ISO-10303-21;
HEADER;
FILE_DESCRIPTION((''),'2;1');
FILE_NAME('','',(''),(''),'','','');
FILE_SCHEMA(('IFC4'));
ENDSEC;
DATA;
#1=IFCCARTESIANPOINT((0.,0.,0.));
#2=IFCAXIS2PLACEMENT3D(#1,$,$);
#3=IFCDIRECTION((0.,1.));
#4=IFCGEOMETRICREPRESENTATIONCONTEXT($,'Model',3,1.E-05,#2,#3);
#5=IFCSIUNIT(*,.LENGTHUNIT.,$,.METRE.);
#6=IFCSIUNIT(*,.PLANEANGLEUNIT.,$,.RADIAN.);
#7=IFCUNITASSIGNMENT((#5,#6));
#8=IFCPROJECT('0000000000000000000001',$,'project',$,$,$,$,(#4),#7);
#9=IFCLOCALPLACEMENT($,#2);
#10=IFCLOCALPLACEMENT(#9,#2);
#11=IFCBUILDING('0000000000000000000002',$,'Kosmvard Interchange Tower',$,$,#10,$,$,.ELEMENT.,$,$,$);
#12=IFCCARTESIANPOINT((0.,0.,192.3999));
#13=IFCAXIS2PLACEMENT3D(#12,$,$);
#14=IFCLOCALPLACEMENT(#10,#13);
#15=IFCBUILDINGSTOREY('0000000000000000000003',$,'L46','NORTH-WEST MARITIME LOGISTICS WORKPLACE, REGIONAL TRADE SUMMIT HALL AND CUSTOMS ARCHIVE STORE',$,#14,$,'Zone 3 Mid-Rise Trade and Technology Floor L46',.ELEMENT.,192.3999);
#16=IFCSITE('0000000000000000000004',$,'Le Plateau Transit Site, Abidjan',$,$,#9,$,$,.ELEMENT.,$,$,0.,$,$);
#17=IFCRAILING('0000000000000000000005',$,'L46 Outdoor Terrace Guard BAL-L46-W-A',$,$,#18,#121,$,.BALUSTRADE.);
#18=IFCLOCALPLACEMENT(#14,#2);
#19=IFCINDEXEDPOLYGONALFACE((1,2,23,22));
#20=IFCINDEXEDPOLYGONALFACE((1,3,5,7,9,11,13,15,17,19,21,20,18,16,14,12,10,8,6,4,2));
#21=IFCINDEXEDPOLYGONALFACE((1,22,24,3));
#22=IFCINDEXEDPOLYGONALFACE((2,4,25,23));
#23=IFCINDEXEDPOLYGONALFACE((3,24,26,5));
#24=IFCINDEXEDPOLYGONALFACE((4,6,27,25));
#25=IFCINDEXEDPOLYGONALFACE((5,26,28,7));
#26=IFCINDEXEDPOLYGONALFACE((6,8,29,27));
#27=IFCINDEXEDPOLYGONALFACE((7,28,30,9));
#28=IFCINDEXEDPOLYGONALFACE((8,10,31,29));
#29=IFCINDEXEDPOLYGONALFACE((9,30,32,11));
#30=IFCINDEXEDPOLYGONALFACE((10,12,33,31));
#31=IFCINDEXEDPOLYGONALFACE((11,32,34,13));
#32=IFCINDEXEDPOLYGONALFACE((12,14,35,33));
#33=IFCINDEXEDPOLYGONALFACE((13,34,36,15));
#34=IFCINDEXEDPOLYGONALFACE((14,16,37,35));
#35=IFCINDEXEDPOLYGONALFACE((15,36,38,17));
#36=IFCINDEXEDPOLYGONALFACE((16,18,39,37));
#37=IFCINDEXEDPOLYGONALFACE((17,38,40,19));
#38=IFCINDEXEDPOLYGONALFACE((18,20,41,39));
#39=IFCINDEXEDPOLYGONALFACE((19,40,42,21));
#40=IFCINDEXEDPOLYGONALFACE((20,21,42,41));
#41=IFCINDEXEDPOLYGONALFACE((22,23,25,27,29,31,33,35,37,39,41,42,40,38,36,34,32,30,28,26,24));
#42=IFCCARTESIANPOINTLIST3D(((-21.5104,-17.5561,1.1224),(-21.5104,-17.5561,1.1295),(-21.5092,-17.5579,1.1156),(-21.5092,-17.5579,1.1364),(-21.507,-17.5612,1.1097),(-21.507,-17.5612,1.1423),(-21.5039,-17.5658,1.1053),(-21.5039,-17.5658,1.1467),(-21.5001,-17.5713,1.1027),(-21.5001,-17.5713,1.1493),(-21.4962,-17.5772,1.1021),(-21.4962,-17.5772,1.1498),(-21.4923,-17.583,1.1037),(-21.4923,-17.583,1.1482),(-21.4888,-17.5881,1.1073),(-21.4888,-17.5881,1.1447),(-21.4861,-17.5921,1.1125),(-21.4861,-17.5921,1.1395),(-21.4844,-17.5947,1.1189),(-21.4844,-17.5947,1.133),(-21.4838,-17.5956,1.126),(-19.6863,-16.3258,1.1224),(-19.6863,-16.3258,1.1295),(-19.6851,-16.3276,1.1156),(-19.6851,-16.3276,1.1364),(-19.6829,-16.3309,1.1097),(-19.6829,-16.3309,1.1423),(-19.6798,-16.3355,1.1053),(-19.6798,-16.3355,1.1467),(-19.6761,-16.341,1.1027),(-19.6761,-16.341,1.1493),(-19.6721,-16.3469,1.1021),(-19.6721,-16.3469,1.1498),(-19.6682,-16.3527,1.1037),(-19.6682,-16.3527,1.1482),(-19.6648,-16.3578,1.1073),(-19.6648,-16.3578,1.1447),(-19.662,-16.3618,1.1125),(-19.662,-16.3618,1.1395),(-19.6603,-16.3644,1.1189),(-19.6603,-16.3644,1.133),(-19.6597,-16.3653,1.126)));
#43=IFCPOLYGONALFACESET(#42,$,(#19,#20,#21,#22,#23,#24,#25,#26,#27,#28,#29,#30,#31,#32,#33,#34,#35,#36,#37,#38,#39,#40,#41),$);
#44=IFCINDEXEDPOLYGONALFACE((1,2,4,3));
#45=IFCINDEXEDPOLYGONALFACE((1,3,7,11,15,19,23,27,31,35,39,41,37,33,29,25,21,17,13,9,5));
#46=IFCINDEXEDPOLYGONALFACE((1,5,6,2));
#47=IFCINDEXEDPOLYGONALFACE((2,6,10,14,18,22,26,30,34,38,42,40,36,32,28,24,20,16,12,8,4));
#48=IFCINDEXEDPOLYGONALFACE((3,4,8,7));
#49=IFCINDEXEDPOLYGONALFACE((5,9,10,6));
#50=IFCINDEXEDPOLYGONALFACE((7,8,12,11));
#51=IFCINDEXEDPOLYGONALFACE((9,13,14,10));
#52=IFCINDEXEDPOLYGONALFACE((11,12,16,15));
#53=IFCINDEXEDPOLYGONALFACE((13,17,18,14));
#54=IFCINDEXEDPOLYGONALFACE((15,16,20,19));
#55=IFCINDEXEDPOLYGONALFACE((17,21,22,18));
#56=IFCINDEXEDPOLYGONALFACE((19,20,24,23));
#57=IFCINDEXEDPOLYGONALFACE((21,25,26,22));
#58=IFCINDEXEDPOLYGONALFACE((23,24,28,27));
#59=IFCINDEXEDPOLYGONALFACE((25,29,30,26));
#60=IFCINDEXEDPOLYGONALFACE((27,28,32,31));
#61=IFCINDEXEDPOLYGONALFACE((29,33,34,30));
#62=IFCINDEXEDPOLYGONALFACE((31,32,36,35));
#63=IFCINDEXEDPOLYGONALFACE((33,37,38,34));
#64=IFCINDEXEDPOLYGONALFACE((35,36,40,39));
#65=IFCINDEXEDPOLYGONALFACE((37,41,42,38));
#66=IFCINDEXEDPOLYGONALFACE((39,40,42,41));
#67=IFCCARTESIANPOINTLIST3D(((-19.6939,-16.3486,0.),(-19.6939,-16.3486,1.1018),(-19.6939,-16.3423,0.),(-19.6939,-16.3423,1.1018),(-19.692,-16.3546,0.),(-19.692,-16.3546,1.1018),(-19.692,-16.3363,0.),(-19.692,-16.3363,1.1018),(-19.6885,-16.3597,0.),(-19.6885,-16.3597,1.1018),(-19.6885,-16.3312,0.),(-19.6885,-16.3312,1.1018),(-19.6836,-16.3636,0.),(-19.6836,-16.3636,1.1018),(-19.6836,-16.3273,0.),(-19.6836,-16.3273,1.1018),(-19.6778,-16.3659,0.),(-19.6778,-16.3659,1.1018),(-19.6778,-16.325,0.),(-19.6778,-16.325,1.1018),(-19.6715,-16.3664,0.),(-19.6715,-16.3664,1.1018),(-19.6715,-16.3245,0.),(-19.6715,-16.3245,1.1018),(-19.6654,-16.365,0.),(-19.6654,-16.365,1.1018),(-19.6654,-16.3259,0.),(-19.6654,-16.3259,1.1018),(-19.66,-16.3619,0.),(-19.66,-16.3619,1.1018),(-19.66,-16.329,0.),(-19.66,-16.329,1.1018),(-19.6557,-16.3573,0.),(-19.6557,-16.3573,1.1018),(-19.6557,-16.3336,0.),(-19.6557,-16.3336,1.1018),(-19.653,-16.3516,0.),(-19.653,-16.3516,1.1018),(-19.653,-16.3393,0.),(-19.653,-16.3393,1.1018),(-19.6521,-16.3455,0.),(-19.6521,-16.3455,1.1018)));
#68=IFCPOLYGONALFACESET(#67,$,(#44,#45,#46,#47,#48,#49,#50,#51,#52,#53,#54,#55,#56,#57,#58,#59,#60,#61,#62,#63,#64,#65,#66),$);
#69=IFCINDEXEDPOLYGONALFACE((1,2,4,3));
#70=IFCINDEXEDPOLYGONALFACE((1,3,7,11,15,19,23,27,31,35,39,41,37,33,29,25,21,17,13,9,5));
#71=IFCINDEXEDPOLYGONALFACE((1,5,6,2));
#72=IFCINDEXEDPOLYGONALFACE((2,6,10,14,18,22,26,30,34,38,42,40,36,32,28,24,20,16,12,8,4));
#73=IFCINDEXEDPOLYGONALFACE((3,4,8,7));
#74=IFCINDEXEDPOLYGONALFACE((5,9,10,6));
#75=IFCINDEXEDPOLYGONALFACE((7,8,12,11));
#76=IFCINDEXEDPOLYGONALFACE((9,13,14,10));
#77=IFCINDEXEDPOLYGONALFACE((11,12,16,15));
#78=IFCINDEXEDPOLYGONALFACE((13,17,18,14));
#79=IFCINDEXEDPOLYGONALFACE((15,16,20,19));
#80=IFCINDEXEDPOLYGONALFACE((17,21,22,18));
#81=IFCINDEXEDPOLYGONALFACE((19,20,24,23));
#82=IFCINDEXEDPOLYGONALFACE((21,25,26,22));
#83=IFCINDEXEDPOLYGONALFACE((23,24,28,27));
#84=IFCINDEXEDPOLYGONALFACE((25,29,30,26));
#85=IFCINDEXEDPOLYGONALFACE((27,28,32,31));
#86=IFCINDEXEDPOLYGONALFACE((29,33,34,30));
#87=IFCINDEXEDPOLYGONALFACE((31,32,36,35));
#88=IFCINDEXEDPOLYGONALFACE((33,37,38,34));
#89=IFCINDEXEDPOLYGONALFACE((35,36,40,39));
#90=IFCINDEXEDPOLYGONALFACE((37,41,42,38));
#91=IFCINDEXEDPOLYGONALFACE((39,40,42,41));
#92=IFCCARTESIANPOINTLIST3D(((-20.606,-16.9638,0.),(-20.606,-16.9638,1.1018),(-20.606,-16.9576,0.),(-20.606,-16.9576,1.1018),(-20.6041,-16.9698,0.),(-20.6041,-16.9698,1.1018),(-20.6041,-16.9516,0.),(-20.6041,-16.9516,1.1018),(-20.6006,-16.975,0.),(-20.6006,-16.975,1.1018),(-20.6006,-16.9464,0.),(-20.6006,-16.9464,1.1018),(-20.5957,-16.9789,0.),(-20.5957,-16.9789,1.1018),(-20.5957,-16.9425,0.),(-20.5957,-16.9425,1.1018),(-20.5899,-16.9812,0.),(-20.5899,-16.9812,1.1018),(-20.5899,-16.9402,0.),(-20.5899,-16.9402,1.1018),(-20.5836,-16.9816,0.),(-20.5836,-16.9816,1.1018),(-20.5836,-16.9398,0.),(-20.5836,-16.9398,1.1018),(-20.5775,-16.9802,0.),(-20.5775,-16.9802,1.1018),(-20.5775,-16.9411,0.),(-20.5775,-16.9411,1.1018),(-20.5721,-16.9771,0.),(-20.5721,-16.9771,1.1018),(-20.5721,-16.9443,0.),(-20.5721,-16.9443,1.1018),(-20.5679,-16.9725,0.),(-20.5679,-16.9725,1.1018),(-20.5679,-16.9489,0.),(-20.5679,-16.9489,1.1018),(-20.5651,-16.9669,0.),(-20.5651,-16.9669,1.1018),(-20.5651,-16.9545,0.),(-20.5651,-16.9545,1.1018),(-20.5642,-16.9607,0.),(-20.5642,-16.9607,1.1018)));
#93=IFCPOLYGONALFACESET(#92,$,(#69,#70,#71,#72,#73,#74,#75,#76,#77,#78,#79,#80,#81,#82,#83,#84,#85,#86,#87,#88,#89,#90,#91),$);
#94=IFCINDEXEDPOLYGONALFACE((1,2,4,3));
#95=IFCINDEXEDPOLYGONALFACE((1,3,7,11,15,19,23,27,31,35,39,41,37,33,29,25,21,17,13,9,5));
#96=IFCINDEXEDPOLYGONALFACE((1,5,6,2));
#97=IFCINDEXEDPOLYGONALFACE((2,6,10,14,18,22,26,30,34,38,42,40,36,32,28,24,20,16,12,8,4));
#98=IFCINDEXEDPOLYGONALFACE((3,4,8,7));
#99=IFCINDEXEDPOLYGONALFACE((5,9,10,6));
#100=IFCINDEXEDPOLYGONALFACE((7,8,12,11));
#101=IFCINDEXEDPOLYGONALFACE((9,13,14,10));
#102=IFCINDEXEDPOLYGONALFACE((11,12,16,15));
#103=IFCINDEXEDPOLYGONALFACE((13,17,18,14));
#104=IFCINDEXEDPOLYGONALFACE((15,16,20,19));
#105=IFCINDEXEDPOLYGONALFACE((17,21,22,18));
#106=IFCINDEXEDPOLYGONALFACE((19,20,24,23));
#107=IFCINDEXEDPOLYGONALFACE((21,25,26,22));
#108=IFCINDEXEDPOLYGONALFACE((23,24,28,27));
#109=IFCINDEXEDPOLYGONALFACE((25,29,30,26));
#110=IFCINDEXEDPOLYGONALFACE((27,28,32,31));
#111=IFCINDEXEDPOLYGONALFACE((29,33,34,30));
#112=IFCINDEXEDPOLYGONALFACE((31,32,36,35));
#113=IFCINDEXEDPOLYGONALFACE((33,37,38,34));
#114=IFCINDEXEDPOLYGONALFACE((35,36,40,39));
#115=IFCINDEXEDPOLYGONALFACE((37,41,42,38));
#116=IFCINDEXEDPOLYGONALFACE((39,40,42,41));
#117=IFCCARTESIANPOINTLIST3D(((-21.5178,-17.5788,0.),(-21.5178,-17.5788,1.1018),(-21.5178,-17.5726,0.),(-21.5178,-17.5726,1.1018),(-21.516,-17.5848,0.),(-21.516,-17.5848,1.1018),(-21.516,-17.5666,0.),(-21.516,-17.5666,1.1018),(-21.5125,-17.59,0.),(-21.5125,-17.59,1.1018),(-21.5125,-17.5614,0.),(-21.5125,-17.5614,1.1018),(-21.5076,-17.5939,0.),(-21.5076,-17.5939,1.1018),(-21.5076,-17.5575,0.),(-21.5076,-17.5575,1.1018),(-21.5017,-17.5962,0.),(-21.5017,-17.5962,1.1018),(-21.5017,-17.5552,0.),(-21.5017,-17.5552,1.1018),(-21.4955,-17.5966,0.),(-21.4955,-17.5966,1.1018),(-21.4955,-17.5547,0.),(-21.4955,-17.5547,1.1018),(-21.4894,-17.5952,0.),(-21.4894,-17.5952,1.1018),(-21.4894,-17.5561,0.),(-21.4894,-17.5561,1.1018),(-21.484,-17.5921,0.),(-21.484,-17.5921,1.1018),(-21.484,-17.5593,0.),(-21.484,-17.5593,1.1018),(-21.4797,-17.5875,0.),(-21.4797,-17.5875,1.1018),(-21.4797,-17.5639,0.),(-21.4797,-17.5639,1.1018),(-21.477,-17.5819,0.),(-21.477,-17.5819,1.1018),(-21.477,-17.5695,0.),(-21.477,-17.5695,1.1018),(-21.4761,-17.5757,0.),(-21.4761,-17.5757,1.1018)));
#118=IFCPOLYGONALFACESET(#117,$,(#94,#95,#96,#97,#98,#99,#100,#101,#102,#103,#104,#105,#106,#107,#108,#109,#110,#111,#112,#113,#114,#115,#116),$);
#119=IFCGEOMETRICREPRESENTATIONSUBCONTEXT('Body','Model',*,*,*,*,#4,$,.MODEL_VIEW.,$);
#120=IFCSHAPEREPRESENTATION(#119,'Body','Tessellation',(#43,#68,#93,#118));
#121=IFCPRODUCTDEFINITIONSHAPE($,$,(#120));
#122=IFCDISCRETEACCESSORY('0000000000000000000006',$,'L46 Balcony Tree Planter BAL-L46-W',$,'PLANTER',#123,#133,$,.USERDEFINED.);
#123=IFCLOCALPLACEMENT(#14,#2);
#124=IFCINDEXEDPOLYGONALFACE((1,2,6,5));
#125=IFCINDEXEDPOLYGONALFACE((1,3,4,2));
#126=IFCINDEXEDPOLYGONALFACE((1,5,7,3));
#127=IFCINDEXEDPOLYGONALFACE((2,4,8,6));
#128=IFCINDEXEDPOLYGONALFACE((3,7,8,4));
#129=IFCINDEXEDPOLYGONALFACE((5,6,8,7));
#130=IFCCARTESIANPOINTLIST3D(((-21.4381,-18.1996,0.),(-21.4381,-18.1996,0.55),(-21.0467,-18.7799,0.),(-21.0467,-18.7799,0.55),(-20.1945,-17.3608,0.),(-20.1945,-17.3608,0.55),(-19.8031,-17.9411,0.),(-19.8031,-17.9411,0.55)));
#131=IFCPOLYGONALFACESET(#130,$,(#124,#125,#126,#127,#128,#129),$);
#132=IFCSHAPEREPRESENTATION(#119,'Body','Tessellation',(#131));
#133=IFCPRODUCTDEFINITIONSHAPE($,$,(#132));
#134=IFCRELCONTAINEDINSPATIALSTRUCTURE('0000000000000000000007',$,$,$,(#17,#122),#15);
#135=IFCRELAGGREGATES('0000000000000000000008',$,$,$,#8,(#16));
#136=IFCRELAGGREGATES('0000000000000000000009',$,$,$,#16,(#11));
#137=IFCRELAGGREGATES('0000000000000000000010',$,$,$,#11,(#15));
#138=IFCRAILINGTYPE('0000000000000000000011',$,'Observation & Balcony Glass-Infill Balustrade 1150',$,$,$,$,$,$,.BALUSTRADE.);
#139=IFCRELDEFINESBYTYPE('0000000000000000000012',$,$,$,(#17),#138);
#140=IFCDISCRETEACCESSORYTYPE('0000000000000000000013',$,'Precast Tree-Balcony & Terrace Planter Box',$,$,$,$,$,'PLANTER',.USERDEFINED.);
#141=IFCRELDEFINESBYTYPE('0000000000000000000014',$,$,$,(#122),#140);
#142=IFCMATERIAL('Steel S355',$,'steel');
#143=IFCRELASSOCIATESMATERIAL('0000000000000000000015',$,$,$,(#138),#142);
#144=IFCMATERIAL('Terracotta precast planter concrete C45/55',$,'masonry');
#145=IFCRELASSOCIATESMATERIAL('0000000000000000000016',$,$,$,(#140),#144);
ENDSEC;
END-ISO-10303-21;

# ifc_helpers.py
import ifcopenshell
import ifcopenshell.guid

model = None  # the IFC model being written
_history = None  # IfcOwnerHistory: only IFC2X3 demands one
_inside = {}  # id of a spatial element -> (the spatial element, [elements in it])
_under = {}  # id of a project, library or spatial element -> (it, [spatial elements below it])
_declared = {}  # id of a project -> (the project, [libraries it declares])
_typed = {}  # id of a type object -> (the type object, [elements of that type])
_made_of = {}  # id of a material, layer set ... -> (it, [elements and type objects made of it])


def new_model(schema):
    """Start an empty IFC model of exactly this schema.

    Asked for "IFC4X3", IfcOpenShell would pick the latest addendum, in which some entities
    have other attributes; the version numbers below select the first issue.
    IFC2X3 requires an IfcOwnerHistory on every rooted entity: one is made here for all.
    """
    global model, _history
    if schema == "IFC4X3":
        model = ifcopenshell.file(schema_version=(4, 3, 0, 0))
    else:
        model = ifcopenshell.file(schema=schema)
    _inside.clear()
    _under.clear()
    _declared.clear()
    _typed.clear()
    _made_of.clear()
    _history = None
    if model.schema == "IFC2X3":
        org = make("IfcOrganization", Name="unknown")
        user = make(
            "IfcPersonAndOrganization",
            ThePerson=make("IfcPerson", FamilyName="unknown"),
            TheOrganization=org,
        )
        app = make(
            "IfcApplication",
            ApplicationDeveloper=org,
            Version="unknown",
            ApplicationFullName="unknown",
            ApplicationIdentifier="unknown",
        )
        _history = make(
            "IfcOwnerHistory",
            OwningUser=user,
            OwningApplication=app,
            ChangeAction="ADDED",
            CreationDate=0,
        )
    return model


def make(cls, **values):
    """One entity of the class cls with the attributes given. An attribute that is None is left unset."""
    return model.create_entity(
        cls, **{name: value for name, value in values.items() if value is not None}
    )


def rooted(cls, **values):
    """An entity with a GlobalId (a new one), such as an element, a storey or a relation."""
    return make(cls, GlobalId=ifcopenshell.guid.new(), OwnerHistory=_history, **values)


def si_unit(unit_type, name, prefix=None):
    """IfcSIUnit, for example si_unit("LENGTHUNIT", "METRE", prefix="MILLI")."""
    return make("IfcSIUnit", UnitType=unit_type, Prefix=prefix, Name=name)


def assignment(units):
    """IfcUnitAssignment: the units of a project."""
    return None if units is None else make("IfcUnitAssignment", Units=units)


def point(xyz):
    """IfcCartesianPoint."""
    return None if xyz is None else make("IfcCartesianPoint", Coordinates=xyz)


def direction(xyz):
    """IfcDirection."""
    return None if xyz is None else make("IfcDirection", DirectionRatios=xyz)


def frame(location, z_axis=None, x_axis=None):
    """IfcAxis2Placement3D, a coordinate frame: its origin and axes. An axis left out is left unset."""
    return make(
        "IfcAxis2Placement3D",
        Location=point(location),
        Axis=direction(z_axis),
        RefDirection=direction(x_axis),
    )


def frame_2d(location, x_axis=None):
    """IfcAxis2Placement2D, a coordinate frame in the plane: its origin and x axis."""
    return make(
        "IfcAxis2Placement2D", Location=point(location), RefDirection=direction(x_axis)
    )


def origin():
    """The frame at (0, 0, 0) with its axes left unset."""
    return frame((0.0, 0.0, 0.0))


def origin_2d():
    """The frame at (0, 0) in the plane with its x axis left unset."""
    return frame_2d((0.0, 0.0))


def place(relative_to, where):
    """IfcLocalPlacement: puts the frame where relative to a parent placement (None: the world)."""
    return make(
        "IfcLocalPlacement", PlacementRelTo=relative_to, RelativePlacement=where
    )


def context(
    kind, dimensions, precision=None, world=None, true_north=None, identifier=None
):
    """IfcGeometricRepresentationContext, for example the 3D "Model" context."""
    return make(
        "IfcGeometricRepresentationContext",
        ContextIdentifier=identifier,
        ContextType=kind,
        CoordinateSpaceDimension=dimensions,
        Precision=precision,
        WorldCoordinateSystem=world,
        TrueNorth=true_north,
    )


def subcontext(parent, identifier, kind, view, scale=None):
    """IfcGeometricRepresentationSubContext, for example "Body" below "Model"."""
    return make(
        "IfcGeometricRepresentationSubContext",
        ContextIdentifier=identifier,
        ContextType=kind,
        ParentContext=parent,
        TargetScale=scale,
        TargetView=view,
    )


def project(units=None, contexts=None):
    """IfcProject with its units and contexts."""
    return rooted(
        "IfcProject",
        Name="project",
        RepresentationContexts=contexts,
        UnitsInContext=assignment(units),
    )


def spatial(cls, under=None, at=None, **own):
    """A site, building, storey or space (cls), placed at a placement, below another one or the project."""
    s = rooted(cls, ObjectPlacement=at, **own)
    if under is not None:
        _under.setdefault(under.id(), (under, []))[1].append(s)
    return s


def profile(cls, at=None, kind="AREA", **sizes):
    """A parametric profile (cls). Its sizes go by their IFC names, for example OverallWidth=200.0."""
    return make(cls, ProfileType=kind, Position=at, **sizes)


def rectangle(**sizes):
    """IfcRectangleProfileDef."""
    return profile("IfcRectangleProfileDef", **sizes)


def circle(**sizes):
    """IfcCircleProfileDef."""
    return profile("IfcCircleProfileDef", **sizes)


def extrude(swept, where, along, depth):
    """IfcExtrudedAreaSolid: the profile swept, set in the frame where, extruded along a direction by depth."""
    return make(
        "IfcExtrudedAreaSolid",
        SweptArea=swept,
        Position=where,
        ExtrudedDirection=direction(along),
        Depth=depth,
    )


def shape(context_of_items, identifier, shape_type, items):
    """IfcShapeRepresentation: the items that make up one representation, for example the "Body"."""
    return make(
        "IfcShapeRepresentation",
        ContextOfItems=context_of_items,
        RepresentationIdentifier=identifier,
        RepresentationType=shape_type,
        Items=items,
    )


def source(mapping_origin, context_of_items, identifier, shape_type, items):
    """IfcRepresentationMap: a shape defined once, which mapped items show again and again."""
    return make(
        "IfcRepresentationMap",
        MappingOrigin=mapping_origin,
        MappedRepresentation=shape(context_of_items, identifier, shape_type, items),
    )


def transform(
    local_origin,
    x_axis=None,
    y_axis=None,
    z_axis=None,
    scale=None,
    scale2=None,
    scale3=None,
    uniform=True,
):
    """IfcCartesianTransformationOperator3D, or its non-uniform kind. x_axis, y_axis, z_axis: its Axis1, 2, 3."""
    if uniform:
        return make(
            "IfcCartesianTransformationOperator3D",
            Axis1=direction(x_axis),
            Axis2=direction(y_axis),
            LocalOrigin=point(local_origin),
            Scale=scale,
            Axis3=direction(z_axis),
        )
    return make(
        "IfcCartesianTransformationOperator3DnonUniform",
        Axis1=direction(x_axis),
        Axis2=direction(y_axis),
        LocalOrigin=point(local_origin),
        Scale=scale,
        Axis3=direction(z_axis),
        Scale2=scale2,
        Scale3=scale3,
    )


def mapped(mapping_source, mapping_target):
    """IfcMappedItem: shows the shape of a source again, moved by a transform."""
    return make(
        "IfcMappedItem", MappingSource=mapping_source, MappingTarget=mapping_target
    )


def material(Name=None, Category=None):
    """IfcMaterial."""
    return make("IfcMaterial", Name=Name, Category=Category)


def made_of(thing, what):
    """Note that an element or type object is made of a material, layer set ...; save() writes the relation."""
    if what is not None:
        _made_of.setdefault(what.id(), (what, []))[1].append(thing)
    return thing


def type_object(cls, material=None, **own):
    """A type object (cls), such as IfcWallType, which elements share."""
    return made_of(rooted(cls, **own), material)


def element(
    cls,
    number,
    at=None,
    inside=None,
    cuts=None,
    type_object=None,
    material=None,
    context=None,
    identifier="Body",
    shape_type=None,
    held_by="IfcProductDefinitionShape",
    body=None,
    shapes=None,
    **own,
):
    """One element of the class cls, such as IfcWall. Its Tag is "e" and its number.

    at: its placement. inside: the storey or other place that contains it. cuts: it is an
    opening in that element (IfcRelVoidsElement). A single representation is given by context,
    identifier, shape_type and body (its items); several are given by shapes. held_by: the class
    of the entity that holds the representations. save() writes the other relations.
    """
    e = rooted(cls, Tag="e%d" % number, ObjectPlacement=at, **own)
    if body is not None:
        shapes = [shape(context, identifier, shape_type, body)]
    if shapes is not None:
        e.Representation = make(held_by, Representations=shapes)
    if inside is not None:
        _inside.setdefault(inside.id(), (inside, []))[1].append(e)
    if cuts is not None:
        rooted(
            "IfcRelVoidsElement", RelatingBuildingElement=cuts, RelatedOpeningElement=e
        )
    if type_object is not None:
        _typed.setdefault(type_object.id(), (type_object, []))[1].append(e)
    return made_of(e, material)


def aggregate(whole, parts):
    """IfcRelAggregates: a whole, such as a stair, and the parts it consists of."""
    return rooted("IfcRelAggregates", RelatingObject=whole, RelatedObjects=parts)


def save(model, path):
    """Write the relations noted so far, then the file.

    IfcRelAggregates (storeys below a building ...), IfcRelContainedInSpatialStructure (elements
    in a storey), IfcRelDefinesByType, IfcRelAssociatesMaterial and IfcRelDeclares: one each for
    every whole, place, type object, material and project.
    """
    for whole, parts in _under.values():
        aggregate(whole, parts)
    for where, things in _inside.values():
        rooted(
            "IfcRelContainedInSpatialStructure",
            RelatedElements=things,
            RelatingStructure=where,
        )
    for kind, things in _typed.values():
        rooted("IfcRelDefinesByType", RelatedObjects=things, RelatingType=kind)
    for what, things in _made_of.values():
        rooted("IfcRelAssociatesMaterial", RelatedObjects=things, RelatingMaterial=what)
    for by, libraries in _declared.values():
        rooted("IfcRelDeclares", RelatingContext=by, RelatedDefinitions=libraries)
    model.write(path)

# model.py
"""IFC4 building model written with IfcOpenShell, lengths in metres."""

from ifc_helpers import new_model, si_unit, direction, frame, origin, origin_2d, place, context, subcontext, project, spatial, rectangle, circle, extrude, source, transform, mapped, material, type_object, element, save


model = new_model("IFC4")

# Units and contexts
model_context = context("Model", 3, precision=1e-05, world=origin(), true_north=direction((0.0, 1.0)))
body_context = subcontext(model_context, "Body", "Model", "MODEL_VIEW")
ifc_project = project(units=[si_unit("LENGTHUNIT", "METRE"), si_unit("PLANEANGLEUNIT", "RADIAN")], contexts=[model_context])

# Site, building, storey
site_placement = place(None, origin())
site = spatial("IfcSite", under=ifc_project, at=site_placement, Name="Le Plateau Transit Site, Abidjan", CompositionType="ELEMENT", RefElevation=0.0)
building_placement = place(site_placement, origin())
building = spatial("IfcBuilding", under=site, at=building_placement, Name="Kosmvard Interchange Tower", CompositionType="ELEMENT")
storey_placement = place(building_placement, frame((0.0, 0.0, 192.3999)))
storey = spatial("IfcBuildingStorey", under=building, at=storey_placement, Name="L46", Description="NORTH-WEST MARITIME LOGISTICS WORKPLACE, REGIONAL TRADE SUMMIT HALL AND CUSTOMS ARCHIVE STORE", LongName="Zone 3 Mid-Rise Trade and Technology Floor L46", CompositionType="ELEMENT", Elevation=192.3999)

# Shared definitions
ifc_material_1 = material(Name="Steel S355", Category="steel")

# Railing
railing_type = type_object("IfcRailingType", Name="Observation & Balcony Glass-Infill Balustrade 1150", PredefinedType="BALUSTRADE", material=ifc_material_1)
shared_shape_1 = source(origin(), body_context, "Body", "SweptSolid", [
    extrude(circle(Radius=0.0239, at=origin_2d()), frame((0.0, 0.0, 1.126), z_axis=(-0.829051, -0.559174, 0.0), x_axis=(0.559174, -0.829051, 0.0)), (0.0, 0.0, 1.0), 2.2002),
    extrude(circle(Radius=0.021, at=origin_2d()), origin(), (0.0, 0.0, 1.0), 1.1018),
    extrude(circle(Radius=0.021, at=origin_2d()), frame((-0.9121, -0.6152, 0.0)), (0.0, 0.0, 1.0), 1.1018),
    extrude(circle(Radius=0.021, at=origin_2d()), frame((-1.824, -1.2302, 0.0)), (0.0, 0.0, 1.0), 1.1018),
])
railing_1_placement = place(storey_placement, frame((-19.6731, -16.3455, 0.0)))
element("IfcRailing", 1, at=railing_1_placement, inside=storey, type_object=railing_type, Name="L46 Outdoor Terrace Guard BAL-L46-W-A", PredefinedType="BALUSTRADE", context=body_context, shape_type="MappedRepresentation", body=[
    mapped(shared_shape_1, transform((0.0, 0.0, 0.0), scale=1.0)),
])

# Discrete accessory
ifc_material_2 = material(Name="Terracotta precast planter concrete C45/55", Category="masonry")
discrete_accessory_type = type_object("IfcDiscreteAccessoryType", Name="Precast Tree-Balcony & Terrace Planter Box", ElementType="PLANTER", PredefinedType="USERDEFINED", material=ifc_material_2)
shared_shape_2 = source(origin(), body_context, "Body", "SweptSolid", [
    extrude(rectangle(XDim=1.5, YDim=0.7, at=origin_2d()), origin(), (0.0, 0.0, 1.0), 0.55),
])
discrete_accessory_placement = place(storey_placement, frame((-20.6206, -18.0703, 0.0), z_axis=(0.0, 0.0, 1.0), x_axis=(0.829038, 0.559193, 0.0)))
element("IfcDiscreteAccessory", 2, at=discrete_accessory_placement, inside=storey, type_object=discrete_accessory_type, Name="L46 Balcony Tree Planter BAL-L46-W", ObjectType="PLANTER", PredefinedType="USERDEFINED", context=body_context, shape_type="MappedRepresentation", body=[
    mapped(shared_shape_2, transform((0.0, 0.0, 0.0), scale=1.0)),
])

save(model, "model.ifc")
